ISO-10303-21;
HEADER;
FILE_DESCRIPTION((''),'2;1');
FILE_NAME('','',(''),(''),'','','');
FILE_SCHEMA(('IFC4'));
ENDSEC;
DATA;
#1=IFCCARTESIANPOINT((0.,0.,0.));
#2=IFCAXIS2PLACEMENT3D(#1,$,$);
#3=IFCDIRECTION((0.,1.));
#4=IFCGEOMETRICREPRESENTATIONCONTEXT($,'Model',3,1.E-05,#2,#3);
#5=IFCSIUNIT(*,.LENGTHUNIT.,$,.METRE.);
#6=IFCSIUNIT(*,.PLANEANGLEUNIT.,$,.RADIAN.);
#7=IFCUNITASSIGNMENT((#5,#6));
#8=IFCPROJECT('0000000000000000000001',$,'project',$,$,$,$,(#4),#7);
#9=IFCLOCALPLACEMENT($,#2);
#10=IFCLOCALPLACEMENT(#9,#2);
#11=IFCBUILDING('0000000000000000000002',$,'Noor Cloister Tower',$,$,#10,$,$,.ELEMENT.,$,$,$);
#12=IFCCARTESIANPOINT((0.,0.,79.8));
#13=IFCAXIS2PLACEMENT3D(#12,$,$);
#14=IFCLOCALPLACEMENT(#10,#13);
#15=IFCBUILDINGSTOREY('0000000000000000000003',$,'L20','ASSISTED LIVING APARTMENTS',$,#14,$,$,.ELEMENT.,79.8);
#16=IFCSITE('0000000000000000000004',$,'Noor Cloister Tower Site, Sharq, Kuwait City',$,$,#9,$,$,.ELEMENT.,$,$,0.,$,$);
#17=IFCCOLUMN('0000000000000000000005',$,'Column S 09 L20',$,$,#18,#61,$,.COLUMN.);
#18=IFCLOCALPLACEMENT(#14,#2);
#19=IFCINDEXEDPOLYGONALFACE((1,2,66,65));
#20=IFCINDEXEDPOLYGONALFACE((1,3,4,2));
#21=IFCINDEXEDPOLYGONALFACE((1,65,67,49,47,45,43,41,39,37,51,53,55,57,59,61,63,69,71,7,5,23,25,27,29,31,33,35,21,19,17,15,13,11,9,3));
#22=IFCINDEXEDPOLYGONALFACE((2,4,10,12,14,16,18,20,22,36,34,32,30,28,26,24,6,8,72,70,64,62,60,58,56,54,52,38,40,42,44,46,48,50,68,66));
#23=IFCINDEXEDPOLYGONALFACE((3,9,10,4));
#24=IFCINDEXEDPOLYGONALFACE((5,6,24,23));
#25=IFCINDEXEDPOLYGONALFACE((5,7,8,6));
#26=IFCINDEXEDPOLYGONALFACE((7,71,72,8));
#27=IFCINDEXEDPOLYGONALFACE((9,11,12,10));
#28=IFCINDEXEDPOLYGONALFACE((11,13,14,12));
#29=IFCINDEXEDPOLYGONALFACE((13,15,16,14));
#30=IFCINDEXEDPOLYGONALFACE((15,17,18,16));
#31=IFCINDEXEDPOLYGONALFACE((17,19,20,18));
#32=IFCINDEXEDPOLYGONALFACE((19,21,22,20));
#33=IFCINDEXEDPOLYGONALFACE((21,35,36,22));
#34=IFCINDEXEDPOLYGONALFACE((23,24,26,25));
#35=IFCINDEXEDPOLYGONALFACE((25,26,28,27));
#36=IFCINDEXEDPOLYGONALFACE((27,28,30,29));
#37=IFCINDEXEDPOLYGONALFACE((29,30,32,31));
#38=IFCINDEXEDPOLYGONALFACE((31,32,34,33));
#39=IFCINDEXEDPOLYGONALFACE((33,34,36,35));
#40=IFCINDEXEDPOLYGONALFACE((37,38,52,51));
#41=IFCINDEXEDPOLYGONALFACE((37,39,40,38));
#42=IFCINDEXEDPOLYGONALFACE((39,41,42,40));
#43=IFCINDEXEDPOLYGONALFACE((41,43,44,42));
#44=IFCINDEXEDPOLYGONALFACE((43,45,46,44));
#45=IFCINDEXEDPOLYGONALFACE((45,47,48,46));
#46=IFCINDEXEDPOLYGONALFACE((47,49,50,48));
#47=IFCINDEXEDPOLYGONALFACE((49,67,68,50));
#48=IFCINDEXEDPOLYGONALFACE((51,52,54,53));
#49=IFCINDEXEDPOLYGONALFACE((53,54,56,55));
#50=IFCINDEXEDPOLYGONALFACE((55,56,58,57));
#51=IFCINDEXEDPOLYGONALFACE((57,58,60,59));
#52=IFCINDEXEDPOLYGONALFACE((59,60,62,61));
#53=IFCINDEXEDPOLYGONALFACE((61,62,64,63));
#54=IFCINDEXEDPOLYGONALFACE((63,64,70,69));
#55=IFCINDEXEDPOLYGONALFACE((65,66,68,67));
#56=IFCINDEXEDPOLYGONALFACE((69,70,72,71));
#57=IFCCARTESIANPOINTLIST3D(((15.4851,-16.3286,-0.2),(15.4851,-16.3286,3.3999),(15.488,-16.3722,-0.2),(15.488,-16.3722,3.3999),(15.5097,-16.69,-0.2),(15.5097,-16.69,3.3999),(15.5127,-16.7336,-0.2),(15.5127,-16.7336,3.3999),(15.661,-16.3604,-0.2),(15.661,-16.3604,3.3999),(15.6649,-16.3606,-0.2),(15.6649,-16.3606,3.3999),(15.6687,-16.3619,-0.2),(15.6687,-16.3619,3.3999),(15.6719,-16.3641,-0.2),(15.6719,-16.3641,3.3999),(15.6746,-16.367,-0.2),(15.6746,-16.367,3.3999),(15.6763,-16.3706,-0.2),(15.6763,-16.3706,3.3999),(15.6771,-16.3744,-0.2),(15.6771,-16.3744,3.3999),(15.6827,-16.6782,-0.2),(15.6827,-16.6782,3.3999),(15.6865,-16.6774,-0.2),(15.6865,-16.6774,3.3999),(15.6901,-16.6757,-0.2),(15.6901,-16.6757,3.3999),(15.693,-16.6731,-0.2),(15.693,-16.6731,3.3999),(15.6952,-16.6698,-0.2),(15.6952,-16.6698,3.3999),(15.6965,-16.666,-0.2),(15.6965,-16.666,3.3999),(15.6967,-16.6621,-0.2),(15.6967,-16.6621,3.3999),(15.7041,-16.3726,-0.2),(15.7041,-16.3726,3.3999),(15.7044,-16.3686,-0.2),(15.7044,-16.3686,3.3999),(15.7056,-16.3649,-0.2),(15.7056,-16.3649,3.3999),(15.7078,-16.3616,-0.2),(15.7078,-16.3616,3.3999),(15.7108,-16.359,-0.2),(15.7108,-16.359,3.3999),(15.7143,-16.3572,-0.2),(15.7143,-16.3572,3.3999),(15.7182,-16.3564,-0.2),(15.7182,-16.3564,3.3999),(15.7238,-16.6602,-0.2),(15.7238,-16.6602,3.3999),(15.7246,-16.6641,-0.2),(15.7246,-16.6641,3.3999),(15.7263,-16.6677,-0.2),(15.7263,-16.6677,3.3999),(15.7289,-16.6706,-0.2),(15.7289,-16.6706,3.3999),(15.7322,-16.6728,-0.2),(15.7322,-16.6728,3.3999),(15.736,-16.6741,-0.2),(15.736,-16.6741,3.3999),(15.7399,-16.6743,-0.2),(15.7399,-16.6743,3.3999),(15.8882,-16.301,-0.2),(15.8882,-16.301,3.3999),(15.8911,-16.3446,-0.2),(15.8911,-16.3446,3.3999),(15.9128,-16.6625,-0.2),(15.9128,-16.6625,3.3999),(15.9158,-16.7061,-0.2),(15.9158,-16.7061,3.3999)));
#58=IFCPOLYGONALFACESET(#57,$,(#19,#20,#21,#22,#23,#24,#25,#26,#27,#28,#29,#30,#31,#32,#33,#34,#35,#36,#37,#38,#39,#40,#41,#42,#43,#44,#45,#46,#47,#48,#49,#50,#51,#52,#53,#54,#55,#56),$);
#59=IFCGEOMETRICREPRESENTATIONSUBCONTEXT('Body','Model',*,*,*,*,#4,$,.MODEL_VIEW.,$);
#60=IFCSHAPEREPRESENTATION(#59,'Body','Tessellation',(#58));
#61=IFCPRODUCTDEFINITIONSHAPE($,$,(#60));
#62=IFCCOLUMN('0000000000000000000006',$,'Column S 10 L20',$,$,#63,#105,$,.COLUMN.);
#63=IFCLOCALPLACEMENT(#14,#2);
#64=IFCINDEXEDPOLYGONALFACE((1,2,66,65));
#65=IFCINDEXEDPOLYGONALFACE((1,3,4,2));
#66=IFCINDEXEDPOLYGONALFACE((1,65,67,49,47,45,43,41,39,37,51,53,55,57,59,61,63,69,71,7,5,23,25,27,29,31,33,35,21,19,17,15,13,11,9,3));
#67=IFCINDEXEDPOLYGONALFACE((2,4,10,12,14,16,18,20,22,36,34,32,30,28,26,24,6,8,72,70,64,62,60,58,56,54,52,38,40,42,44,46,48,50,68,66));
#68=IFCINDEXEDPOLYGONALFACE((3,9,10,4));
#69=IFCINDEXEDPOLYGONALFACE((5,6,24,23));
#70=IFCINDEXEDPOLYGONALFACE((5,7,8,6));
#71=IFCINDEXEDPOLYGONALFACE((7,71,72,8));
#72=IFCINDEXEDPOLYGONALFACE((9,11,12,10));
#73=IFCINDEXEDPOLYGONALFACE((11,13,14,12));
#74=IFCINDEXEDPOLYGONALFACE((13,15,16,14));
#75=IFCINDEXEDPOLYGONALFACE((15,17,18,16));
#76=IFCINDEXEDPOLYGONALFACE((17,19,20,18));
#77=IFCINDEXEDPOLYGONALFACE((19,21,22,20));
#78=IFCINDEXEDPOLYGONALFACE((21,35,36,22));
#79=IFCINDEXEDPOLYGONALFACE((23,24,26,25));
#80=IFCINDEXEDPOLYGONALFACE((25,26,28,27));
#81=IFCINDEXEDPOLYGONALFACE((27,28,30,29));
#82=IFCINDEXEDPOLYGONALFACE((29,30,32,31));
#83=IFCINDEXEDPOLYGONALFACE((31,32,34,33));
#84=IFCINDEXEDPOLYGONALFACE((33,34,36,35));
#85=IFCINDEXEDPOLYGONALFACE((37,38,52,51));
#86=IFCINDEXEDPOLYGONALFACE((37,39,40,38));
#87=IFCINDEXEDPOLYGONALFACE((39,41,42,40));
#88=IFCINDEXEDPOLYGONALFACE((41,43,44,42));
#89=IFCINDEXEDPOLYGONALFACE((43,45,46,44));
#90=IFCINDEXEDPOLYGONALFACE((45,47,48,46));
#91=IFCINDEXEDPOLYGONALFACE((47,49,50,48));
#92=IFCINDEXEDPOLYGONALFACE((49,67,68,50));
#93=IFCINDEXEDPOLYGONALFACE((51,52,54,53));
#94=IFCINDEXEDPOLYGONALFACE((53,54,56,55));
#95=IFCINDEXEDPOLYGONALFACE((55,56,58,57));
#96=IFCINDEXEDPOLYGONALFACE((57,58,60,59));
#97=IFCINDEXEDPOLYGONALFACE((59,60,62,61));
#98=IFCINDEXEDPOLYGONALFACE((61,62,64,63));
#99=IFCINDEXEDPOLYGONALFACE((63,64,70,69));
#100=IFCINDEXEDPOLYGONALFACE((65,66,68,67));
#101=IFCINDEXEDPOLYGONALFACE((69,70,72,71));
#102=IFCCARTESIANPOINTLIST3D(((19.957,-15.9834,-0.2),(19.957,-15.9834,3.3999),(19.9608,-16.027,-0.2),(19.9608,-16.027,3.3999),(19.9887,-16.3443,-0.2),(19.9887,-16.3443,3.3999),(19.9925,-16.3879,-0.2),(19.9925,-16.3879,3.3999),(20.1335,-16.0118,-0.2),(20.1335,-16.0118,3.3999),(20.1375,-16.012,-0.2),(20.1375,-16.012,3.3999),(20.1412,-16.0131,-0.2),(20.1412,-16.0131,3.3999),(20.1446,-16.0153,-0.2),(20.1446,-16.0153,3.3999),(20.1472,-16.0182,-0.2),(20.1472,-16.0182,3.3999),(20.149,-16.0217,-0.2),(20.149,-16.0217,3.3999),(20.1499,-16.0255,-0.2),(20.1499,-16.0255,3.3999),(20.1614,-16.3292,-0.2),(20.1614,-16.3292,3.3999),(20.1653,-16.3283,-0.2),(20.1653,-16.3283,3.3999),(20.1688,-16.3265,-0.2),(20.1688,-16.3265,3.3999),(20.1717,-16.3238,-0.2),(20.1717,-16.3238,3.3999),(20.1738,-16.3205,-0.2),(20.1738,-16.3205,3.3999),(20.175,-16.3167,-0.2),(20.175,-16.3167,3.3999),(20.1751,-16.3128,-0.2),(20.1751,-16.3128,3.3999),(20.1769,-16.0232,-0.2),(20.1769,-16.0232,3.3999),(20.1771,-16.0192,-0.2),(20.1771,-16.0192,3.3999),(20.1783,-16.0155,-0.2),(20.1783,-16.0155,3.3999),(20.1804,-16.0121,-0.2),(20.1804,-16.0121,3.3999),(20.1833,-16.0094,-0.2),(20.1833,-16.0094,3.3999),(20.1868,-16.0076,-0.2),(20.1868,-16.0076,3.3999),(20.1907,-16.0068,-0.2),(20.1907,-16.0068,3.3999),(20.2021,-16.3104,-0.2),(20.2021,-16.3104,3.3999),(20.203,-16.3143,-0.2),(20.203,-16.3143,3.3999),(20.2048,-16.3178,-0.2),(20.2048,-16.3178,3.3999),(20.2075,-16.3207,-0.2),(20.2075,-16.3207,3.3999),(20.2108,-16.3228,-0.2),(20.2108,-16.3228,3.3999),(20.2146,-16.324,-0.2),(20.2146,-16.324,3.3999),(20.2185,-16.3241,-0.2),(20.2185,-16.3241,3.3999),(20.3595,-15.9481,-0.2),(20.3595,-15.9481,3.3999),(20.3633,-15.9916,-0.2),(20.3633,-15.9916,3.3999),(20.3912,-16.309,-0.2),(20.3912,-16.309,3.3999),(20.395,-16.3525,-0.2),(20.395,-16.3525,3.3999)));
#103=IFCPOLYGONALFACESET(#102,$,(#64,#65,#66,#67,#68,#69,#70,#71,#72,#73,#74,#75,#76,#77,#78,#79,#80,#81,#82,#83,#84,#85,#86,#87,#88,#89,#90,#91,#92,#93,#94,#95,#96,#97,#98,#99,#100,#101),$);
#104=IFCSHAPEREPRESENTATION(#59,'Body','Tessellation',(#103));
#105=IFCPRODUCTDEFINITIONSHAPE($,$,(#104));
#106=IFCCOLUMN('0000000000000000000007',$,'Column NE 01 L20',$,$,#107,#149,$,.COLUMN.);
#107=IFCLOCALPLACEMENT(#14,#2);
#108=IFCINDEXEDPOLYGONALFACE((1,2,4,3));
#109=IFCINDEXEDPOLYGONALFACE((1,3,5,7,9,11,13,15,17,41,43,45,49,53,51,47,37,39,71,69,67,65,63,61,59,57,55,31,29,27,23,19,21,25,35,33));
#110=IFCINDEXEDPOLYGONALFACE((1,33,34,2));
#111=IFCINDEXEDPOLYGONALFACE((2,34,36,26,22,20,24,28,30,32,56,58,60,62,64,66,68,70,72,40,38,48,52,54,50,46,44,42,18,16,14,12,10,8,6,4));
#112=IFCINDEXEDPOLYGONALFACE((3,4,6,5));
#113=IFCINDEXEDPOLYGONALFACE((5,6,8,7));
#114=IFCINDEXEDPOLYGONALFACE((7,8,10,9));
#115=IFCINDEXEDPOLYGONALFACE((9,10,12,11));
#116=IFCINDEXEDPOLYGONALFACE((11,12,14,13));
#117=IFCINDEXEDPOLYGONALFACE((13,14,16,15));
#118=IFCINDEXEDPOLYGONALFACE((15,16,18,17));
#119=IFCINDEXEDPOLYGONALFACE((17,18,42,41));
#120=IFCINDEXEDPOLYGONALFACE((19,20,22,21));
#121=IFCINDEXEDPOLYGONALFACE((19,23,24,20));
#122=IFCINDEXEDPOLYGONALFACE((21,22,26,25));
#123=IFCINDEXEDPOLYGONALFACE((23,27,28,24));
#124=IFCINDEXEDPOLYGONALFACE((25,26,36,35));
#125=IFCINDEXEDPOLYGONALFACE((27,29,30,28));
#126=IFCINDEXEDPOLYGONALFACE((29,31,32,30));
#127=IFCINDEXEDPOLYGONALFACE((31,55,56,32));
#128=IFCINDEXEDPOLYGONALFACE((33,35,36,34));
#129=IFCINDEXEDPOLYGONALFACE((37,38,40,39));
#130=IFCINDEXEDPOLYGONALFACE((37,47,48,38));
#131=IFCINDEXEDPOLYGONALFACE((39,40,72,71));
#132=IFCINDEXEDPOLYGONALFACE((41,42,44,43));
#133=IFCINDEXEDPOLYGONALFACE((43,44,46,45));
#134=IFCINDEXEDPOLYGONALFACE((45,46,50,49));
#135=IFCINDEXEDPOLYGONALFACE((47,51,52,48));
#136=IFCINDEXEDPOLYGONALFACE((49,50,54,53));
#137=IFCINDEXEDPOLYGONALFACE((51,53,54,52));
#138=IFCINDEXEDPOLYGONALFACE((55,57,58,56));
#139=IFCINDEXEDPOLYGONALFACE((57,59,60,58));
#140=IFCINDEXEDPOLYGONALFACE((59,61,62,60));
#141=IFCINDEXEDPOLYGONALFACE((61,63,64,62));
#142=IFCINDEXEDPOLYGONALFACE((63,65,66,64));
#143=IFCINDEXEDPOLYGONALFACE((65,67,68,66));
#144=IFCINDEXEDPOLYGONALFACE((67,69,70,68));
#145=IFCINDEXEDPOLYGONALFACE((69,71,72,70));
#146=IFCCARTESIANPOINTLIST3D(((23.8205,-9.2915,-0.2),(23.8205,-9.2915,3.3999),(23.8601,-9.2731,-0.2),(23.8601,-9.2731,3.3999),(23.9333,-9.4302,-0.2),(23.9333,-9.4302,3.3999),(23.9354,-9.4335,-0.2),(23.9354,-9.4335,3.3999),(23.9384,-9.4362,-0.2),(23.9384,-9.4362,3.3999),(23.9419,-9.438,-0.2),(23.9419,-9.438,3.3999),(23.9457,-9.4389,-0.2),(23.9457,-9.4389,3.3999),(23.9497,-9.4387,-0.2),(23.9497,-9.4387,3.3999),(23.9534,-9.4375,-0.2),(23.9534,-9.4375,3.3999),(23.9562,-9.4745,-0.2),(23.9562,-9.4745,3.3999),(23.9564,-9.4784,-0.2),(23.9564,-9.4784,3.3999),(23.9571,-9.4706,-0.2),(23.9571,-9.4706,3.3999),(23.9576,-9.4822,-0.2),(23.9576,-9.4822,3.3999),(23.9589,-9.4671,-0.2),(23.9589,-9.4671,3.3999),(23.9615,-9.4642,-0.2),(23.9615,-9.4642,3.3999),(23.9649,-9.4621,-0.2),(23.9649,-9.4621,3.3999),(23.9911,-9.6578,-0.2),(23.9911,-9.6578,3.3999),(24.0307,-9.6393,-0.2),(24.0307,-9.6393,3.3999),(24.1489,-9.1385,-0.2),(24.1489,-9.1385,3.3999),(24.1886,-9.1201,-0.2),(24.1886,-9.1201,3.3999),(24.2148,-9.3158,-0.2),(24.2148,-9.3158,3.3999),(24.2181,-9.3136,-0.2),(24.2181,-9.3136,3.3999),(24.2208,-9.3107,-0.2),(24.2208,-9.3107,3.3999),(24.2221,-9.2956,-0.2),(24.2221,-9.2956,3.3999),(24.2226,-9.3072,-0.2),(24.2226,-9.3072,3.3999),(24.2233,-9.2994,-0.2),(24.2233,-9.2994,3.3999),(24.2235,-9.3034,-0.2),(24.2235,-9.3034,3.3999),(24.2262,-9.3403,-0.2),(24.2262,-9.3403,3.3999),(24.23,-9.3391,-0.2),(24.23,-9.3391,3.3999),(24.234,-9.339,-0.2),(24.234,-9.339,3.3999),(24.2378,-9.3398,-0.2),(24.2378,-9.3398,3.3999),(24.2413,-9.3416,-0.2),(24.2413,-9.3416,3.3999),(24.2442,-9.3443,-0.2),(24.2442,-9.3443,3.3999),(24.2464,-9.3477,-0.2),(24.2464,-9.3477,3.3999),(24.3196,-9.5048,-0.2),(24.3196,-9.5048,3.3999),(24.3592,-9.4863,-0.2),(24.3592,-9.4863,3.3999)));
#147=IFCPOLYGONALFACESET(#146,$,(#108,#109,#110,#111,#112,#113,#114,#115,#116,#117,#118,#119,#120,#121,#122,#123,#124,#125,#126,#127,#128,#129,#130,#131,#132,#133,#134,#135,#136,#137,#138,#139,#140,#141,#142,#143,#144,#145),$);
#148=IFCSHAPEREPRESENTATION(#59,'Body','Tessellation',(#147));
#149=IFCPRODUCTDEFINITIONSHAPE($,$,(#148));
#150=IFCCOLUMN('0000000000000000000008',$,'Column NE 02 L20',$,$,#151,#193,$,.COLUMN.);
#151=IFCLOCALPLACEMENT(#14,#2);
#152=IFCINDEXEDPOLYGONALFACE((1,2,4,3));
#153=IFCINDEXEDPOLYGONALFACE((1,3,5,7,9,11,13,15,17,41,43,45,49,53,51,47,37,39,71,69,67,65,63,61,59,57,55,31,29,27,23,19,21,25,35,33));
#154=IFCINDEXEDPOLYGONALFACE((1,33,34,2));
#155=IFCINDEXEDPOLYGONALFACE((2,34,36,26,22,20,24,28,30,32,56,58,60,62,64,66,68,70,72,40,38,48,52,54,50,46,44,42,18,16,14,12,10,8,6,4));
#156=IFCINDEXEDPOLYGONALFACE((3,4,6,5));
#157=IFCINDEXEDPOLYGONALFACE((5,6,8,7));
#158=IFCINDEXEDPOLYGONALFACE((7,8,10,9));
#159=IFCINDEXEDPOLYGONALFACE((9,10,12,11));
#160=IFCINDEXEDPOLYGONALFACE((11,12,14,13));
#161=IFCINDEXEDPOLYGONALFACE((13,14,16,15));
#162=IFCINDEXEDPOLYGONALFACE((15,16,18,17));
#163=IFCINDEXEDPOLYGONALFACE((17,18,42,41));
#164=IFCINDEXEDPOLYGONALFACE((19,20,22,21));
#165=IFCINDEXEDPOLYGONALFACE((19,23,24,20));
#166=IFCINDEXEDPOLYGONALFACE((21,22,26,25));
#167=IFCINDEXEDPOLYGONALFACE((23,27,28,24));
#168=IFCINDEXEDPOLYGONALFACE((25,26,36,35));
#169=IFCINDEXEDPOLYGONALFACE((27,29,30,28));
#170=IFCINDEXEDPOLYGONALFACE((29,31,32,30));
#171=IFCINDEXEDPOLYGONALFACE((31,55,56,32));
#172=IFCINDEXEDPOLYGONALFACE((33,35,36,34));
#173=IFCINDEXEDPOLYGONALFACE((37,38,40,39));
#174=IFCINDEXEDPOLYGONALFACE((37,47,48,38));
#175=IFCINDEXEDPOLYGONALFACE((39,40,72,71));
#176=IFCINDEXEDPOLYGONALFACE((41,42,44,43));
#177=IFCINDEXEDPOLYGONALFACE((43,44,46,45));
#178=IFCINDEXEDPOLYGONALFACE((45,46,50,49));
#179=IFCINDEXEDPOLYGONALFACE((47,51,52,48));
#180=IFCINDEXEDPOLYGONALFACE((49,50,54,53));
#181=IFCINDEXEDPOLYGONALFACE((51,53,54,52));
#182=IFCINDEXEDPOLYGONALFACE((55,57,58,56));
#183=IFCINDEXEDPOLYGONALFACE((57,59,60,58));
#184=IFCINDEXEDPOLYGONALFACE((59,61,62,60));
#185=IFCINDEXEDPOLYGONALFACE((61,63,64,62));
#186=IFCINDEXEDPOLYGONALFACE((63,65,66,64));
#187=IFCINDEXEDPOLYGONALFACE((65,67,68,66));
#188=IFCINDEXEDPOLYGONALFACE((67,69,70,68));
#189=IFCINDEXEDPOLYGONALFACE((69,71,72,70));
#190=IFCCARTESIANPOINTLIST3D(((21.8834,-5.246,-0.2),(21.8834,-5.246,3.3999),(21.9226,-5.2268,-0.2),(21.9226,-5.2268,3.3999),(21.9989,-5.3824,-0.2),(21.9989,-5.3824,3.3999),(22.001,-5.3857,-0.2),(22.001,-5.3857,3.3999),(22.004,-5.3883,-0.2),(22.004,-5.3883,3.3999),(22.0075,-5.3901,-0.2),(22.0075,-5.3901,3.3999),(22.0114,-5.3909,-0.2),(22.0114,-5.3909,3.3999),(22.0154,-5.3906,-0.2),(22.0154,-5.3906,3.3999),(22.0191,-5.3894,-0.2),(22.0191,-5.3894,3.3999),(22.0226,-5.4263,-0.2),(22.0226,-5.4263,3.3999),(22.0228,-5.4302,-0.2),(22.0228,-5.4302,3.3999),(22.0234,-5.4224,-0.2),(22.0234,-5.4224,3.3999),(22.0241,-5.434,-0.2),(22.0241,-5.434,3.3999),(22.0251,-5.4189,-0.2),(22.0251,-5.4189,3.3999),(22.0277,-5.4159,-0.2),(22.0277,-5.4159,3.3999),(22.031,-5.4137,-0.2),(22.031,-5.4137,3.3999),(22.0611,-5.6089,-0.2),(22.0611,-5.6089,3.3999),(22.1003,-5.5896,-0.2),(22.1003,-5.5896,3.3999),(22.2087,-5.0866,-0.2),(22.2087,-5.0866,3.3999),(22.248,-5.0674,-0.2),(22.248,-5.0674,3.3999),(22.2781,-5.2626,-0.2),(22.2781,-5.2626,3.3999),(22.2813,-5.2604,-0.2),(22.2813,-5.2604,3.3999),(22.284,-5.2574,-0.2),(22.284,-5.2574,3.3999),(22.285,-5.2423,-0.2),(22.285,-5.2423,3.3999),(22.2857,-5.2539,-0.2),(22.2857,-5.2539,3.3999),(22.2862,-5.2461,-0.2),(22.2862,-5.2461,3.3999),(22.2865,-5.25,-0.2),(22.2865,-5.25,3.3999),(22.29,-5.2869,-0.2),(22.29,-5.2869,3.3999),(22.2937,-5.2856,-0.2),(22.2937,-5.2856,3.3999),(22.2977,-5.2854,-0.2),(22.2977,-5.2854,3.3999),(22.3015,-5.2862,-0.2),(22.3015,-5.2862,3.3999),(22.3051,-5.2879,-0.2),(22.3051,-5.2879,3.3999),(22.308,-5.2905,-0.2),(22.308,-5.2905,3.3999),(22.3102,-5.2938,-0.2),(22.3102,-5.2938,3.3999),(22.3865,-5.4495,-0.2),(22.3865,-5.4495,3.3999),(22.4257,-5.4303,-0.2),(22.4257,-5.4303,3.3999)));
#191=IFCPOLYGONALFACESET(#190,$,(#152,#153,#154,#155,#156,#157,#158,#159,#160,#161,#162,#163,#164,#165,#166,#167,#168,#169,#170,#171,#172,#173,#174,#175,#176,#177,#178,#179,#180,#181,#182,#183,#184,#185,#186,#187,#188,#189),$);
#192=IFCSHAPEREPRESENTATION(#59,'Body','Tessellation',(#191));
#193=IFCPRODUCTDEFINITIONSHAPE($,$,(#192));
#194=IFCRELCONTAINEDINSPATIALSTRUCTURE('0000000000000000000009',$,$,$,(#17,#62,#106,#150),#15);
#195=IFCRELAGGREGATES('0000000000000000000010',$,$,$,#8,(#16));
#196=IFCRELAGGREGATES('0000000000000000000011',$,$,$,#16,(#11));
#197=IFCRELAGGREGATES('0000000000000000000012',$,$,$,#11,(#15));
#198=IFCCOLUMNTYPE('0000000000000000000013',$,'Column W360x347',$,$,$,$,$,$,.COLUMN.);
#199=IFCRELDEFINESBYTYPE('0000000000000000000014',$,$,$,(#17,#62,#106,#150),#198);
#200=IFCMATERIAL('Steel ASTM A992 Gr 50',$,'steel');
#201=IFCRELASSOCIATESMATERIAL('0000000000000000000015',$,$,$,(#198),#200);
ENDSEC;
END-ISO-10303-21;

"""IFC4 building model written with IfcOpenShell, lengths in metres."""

from ifc_helpers import new_model, si_unit, direction, frame, origin, origin_2d, place, context, subcontext, project, spatial, i_section, extrude, material, material_profile, profile_set, type_object, element, save


model = new_model("IFC4")

# Units and contexts
model_context = context("Model", 3, precision=1e-05, world=origin(), true_north=direction((0.0, 1.0)))
body_context = subcontext(model_context, "Body", "Model", "MODEL_VIEW")
ifc_project = project(units=[si_unit("LENGTHUNIT", "METRE"), si_unit("PLANEANGLEUNIT", "RADIAN")], contexts=[model_context])

# Site, building, storey
site_placement = place(None, origin())
site = spatial("IfcSite", under=ifc_project, at=site_placement, Name="Noor Cloister Tower Site, Sharq, Kuwait City", CompositionType="ELEMENT", RefElevation=0.0)
building_placement = place(site_placement, origin())
building = spatial("IfcBuilding", under=site, at=building_placement, Name="Noor Cloister Tower", CompositionType="ELEMENT")
storey_placement = place(building_placement, frame((0.0, 0.0, 79.8)))
storey = spatial("IfcBuildingStorey", under=building, at=storey_placement, Name="L20", Description="ASSISTED LIVING APARTMENTS", CompositionType="ELEMENT", Elevation=79.8)

# Columns
ifc_material_1 = material(Name="Steel ASTM A992 Gr 50", Category="steel")
ifc_material_profile_1 = material_profile(ifc_material_1, i_section(OverallWidth=0.4041, OverallDepth=0.406, WebThickness=0.0271, FlangeThickness=0.0437, FilletRadius=0.0151, at=origin_2d()), Name="W360x347")
ifc_profile_set_1 = profile_set([ifc_material_profile_1], Name="Steel ASTM A992 Gr 50")
column_type_1 = type_object("IfcColumnType", Name="Column W360x347", PredefinedType="COLUMN", material=ifc_profile_set_1)
for number, where, z_axis, x_axis, name in (
    (1, (15.7004, -16.5173, -0.2), (0.0, 0.0, 1.0), (0.997677, 0.068127, 0.0), "Column S 09 L20"),
    (2, (20.176, -16.168, -0.2), (0.0, 0.0, 1.0), (0.99616, 0.087548, 0.0), "Column S 10 L20"),
    (3, (24.0898, -9.3889, -0.2), (0.0, 0.0, 1.0), (-0.422262, 0.906474, 0.0), "Column NE 01 L20"),
    (4, (22.1545, -5.3381, -0.2), (0.0, 0.0, 1.0), (-0.439838, 0.898077, 0.0), "Column NE 02 L20"),
):
    element("IfcColumn", number, at=place(storey_placement, frame(where, z_axis=z_axis, x_axis=x_axis)), inside=storey, type_object=column_type_1, Name=name, PredefinedType="COLUMN", context=body_context, shape_type="SweptSolid", body=[
        extrude(i_section(OverallWidth=0.4041, OverallDepth=0.406, WebThickness=0.0271, FlangeThickness=0.0437, FilletRadius=0.0151, at=origin_2d()), origin(), (0.0, 0.0, 1.0), 3.5999),
    ])

save(model, "model.ifc")
